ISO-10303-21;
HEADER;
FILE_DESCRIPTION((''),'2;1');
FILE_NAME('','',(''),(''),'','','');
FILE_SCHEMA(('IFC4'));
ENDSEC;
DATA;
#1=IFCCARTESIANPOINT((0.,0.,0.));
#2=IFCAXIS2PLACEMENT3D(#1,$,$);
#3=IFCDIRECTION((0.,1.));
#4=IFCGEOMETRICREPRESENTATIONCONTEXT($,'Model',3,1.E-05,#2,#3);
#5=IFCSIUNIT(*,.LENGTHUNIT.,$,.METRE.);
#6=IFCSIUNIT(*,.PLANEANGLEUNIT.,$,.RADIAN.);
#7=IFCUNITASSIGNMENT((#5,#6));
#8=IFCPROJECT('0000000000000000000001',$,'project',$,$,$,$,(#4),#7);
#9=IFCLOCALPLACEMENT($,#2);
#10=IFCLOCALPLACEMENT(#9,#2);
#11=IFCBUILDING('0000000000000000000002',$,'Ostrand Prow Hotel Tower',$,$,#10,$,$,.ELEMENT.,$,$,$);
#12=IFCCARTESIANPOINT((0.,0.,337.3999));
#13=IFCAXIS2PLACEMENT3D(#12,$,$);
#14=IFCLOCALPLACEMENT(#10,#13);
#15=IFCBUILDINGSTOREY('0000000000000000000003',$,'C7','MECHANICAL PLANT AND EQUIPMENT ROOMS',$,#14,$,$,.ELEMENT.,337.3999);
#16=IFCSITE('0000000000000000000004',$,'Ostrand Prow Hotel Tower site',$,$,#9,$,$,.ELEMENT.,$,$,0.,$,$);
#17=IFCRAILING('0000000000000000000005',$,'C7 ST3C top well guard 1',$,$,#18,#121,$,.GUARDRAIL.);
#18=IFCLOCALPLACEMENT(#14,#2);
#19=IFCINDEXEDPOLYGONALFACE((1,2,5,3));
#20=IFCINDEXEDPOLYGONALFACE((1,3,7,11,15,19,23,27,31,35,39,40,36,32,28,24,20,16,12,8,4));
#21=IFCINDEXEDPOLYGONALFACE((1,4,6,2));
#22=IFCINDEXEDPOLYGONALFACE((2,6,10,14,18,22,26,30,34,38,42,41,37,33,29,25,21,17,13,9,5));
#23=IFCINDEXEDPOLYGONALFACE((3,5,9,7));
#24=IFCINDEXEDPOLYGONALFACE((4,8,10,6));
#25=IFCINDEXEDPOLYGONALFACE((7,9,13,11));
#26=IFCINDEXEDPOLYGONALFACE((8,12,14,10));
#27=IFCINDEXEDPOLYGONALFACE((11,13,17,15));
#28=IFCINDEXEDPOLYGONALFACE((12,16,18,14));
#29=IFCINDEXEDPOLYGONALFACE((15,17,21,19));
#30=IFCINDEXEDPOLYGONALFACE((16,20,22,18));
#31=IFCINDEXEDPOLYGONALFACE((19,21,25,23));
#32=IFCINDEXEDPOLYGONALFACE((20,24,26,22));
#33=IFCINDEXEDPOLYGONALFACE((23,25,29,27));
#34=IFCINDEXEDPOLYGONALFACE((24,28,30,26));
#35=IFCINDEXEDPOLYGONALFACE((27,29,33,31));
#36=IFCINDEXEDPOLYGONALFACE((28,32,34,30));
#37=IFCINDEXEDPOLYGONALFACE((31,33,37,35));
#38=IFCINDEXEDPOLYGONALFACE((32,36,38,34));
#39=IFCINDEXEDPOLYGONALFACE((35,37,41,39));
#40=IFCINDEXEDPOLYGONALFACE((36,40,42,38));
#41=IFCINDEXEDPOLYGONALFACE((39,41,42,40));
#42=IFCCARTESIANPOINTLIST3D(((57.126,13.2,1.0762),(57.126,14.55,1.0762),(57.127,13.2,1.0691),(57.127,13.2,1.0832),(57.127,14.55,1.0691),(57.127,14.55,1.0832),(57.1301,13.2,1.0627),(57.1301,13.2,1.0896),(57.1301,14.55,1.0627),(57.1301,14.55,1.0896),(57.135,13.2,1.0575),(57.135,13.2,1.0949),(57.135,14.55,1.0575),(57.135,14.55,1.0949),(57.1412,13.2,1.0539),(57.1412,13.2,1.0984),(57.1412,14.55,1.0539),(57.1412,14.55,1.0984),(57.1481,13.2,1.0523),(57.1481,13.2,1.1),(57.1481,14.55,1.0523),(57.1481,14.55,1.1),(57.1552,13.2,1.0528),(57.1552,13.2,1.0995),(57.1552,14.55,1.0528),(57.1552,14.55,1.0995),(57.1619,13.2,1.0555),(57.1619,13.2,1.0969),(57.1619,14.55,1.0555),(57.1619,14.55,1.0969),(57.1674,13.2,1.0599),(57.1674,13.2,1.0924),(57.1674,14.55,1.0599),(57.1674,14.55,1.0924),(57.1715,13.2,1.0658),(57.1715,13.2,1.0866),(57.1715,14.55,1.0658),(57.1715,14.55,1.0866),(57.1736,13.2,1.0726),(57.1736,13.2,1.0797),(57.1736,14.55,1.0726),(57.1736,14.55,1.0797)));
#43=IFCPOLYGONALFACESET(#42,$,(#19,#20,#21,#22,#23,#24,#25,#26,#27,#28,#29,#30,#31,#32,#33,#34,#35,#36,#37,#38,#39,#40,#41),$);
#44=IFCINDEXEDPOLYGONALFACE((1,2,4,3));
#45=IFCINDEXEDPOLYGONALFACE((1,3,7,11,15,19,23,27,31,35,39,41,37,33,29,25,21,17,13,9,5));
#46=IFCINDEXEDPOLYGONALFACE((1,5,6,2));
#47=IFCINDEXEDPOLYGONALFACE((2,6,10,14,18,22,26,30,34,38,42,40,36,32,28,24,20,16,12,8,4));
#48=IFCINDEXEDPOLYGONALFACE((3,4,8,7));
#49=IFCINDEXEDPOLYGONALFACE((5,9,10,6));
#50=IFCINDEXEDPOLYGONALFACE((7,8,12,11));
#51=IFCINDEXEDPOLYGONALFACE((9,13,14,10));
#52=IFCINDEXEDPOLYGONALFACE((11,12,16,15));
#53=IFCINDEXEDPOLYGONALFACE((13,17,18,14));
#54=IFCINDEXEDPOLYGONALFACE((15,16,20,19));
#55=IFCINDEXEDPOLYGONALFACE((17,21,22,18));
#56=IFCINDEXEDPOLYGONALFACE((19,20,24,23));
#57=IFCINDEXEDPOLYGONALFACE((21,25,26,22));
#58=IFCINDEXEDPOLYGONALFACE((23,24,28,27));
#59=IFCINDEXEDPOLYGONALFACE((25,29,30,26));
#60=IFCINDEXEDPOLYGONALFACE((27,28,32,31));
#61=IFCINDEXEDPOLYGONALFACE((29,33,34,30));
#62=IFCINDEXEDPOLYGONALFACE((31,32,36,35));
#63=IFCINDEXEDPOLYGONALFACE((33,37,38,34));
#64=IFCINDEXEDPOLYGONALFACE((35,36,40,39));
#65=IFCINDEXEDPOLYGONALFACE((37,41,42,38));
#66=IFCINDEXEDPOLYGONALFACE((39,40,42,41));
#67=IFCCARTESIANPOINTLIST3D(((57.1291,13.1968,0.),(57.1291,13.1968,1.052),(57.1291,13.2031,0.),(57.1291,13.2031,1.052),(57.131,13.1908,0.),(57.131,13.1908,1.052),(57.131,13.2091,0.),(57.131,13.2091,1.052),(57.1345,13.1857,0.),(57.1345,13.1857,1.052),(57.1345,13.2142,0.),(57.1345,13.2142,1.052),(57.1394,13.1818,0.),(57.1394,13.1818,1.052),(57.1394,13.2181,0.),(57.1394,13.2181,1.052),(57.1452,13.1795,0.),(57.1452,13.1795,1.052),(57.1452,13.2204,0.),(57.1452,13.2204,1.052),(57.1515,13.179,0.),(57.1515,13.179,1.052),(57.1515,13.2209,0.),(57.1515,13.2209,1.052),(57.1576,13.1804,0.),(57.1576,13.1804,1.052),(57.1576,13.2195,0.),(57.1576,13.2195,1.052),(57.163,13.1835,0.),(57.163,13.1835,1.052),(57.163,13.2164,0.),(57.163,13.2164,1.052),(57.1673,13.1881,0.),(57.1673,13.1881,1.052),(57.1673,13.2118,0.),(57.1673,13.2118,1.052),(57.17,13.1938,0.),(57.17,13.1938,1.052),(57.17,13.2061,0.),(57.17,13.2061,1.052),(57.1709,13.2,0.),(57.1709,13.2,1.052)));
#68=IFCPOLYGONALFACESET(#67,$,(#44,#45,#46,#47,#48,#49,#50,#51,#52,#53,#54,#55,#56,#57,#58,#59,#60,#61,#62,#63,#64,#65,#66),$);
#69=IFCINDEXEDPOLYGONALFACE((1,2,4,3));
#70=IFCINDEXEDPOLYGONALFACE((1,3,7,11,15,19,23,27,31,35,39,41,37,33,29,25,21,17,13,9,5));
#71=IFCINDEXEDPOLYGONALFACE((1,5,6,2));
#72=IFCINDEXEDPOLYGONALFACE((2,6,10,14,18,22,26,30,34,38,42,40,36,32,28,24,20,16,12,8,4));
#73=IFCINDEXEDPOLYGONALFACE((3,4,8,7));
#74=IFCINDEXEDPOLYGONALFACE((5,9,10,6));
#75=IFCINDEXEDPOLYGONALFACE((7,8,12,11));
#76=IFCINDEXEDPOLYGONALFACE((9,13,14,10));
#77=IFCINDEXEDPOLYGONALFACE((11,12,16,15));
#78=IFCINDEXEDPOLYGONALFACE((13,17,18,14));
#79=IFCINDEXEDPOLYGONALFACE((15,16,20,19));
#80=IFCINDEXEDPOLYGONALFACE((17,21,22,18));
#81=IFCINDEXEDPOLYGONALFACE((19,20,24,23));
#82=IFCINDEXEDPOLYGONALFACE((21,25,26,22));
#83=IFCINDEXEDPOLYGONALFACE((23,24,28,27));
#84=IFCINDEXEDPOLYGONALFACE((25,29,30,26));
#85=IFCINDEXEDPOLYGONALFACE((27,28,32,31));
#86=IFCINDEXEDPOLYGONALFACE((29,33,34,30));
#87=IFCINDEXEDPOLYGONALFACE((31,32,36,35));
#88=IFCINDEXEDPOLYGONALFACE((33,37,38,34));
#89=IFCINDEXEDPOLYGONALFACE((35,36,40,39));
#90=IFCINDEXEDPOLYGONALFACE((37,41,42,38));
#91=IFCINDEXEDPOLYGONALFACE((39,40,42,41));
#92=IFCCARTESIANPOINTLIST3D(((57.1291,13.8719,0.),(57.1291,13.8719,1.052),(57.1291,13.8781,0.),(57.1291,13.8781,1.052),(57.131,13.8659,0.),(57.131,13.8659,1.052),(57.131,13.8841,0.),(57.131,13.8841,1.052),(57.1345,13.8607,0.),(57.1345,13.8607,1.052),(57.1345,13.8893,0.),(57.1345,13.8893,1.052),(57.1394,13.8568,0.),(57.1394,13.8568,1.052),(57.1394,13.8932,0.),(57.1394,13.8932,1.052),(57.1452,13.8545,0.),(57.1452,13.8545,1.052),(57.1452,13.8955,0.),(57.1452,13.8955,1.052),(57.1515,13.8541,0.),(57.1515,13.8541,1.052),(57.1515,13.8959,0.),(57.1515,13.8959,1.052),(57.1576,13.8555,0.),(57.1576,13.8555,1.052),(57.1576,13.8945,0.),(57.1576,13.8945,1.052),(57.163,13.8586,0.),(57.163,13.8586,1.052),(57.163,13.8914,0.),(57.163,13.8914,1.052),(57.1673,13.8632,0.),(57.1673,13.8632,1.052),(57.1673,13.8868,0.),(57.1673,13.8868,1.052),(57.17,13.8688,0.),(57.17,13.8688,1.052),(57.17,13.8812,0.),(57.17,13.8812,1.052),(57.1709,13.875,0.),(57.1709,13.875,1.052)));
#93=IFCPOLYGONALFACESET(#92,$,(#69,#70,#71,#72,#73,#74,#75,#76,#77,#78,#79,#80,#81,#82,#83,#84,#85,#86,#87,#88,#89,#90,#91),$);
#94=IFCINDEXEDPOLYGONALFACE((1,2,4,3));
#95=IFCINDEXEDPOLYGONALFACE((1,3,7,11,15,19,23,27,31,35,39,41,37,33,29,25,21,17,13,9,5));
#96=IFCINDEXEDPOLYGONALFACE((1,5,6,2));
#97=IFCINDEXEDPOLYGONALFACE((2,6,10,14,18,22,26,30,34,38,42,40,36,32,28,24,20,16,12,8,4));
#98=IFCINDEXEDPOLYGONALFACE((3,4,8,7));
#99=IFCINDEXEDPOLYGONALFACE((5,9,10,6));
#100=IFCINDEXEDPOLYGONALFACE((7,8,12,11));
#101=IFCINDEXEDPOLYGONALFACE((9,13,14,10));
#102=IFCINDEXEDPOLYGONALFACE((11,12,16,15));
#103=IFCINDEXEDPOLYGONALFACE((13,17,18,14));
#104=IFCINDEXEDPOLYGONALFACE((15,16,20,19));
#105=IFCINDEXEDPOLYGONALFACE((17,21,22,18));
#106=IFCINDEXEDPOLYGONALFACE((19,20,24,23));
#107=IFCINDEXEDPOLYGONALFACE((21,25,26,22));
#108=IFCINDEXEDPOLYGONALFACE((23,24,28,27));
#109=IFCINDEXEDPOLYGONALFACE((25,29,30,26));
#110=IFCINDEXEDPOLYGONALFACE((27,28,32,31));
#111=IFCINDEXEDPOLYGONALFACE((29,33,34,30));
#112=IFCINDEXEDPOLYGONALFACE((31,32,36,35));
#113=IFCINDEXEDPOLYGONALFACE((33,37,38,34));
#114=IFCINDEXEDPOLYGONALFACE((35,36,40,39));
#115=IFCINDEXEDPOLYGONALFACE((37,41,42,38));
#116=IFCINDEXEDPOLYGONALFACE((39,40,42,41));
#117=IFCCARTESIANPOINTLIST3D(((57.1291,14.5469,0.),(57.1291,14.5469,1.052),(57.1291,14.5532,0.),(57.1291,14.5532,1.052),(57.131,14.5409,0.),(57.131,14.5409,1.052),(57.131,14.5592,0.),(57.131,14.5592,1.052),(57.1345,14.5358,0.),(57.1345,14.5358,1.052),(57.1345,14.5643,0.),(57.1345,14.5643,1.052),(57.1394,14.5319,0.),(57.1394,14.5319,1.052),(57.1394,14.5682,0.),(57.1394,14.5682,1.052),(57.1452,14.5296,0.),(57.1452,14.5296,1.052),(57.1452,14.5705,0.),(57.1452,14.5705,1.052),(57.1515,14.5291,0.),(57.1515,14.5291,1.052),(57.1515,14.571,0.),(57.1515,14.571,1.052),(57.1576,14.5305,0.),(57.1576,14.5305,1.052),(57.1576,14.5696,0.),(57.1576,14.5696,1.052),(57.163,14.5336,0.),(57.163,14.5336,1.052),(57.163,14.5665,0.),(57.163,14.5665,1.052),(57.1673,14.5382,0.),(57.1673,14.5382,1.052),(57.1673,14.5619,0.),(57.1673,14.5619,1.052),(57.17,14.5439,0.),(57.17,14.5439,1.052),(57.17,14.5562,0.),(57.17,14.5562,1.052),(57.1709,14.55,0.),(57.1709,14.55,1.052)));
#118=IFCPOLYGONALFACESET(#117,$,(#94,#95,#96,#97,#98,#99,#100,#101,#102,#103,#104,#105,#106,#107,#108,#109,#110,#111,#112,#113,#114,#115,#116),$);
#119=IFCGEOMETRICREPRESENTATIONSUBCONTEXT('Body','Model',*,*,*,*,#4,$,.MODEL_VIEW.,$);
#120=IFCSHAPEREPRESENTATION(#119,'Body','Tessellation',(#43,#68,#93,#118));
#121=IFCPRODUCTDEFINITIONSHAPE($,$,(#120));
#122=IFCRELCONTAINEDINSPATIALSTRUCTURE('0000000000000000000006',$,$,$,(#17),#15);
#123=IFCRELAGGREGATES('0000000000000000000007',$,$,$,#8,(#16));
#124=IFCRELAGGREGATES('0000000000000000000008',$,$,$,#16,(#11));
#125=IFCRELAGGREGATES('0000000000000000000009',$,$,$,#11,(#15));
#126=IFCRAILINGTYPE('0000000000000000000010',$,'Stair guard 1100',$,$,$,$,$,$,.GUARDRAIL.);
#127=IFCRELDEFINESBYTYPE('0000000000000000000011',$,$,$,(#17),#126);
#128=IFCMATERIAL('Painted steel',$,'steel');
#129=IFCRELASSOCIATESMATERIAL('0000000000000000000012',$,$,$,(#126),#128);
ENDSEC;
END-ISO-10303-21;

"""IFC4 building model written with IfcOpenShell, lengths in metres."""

from ifc_helpers import new_model, si_unit, direction, frame, origin, origin_2d, place, context, subcontext, project, spatial, circle, extrude, material, type_object, element, save


model = new_model("IFC4")

# Units and contexts
model_context = context("Model", 3, precision=1e-05, world=origin(), true_north=direction((0.0, 1.0)))
body_context = subcontext(model_context, "Body", "Model", "MODEL_VIEW")
ifc_project = project(units=[si_unit("LENGTHUNIT", "METRE"), si_unit("PLANEANGLEUNIT", "RADIAN")], contexts=[model_context])

# Site, building, storey
site_placement = place(None, origin())
site = spatial("IfcSite", under=ifc_project, at=site_placement, Name="Ostrand Prow Hotel Tower site", CompositionType="ELEMENT", RefElevation=0.0)
building_placement = place(site_placement, origin())
building = spatial("IfcBuilding", under=site, at=building_placement, Name="Ostrand Prow Hotel Tower", CompositionType="ELEMENT")
storey_placement = place(building_placement, frame((0.0, 0.0, 337.3999)))
storey = spatial("IfcBuildingStorey", under=building, at=storey_placement, Name="C7", Description="MECHANICAL PLANT AND EQUIPMENT ROOMS", CompositionType="ELEMENT", Elevation=337.3999)

# Railing
ifc_material_1 = material(Name="Painted steel", Category="steel")
railing_type = type_object("IfcRailingType", Name="Stair guard 1100", PredefinedType="GUARDRAIL", material=ifc_material_1)
railing_placement = place(storey_placement, frame((57.1499, 13.2, 0.0)))
element("IfcRailing", 1, at=railing_placement, inside=storey, type_object=railing_type, Name="C7 ST3C top well guard 1", PredefinedType="GUARDRAIL", context=body_context, shape_type="SweptSolid", body=[
    extrude(circle(Radius=0.0239, at=origin_2d()), frame((0.0, 0.0, 1.0762), z_axis=(0.0, 1.0, 0.0), x_axis=(-1.0, 0.0, 0.0)), (0.0, 0.0, 1.0), 1.3501),
    extrude(circle(Radius=0.021, at=origin_2d()), origin(), (0.0, 0.0, 1.0), 1.052),
    extrude(circle(Radius=0.021, at=origin_2d()), frame((0.0, 0.675, 0.0)), (0.0, 0.0, 1.0), 1.052),
    extrude(circle(Radius=0.021, at=origin_2d()), frame((0.0, 1.3501, 0.0)), (0.0, 0.0, 1.0), 1.052),
])

save(model, "model.ifc")
